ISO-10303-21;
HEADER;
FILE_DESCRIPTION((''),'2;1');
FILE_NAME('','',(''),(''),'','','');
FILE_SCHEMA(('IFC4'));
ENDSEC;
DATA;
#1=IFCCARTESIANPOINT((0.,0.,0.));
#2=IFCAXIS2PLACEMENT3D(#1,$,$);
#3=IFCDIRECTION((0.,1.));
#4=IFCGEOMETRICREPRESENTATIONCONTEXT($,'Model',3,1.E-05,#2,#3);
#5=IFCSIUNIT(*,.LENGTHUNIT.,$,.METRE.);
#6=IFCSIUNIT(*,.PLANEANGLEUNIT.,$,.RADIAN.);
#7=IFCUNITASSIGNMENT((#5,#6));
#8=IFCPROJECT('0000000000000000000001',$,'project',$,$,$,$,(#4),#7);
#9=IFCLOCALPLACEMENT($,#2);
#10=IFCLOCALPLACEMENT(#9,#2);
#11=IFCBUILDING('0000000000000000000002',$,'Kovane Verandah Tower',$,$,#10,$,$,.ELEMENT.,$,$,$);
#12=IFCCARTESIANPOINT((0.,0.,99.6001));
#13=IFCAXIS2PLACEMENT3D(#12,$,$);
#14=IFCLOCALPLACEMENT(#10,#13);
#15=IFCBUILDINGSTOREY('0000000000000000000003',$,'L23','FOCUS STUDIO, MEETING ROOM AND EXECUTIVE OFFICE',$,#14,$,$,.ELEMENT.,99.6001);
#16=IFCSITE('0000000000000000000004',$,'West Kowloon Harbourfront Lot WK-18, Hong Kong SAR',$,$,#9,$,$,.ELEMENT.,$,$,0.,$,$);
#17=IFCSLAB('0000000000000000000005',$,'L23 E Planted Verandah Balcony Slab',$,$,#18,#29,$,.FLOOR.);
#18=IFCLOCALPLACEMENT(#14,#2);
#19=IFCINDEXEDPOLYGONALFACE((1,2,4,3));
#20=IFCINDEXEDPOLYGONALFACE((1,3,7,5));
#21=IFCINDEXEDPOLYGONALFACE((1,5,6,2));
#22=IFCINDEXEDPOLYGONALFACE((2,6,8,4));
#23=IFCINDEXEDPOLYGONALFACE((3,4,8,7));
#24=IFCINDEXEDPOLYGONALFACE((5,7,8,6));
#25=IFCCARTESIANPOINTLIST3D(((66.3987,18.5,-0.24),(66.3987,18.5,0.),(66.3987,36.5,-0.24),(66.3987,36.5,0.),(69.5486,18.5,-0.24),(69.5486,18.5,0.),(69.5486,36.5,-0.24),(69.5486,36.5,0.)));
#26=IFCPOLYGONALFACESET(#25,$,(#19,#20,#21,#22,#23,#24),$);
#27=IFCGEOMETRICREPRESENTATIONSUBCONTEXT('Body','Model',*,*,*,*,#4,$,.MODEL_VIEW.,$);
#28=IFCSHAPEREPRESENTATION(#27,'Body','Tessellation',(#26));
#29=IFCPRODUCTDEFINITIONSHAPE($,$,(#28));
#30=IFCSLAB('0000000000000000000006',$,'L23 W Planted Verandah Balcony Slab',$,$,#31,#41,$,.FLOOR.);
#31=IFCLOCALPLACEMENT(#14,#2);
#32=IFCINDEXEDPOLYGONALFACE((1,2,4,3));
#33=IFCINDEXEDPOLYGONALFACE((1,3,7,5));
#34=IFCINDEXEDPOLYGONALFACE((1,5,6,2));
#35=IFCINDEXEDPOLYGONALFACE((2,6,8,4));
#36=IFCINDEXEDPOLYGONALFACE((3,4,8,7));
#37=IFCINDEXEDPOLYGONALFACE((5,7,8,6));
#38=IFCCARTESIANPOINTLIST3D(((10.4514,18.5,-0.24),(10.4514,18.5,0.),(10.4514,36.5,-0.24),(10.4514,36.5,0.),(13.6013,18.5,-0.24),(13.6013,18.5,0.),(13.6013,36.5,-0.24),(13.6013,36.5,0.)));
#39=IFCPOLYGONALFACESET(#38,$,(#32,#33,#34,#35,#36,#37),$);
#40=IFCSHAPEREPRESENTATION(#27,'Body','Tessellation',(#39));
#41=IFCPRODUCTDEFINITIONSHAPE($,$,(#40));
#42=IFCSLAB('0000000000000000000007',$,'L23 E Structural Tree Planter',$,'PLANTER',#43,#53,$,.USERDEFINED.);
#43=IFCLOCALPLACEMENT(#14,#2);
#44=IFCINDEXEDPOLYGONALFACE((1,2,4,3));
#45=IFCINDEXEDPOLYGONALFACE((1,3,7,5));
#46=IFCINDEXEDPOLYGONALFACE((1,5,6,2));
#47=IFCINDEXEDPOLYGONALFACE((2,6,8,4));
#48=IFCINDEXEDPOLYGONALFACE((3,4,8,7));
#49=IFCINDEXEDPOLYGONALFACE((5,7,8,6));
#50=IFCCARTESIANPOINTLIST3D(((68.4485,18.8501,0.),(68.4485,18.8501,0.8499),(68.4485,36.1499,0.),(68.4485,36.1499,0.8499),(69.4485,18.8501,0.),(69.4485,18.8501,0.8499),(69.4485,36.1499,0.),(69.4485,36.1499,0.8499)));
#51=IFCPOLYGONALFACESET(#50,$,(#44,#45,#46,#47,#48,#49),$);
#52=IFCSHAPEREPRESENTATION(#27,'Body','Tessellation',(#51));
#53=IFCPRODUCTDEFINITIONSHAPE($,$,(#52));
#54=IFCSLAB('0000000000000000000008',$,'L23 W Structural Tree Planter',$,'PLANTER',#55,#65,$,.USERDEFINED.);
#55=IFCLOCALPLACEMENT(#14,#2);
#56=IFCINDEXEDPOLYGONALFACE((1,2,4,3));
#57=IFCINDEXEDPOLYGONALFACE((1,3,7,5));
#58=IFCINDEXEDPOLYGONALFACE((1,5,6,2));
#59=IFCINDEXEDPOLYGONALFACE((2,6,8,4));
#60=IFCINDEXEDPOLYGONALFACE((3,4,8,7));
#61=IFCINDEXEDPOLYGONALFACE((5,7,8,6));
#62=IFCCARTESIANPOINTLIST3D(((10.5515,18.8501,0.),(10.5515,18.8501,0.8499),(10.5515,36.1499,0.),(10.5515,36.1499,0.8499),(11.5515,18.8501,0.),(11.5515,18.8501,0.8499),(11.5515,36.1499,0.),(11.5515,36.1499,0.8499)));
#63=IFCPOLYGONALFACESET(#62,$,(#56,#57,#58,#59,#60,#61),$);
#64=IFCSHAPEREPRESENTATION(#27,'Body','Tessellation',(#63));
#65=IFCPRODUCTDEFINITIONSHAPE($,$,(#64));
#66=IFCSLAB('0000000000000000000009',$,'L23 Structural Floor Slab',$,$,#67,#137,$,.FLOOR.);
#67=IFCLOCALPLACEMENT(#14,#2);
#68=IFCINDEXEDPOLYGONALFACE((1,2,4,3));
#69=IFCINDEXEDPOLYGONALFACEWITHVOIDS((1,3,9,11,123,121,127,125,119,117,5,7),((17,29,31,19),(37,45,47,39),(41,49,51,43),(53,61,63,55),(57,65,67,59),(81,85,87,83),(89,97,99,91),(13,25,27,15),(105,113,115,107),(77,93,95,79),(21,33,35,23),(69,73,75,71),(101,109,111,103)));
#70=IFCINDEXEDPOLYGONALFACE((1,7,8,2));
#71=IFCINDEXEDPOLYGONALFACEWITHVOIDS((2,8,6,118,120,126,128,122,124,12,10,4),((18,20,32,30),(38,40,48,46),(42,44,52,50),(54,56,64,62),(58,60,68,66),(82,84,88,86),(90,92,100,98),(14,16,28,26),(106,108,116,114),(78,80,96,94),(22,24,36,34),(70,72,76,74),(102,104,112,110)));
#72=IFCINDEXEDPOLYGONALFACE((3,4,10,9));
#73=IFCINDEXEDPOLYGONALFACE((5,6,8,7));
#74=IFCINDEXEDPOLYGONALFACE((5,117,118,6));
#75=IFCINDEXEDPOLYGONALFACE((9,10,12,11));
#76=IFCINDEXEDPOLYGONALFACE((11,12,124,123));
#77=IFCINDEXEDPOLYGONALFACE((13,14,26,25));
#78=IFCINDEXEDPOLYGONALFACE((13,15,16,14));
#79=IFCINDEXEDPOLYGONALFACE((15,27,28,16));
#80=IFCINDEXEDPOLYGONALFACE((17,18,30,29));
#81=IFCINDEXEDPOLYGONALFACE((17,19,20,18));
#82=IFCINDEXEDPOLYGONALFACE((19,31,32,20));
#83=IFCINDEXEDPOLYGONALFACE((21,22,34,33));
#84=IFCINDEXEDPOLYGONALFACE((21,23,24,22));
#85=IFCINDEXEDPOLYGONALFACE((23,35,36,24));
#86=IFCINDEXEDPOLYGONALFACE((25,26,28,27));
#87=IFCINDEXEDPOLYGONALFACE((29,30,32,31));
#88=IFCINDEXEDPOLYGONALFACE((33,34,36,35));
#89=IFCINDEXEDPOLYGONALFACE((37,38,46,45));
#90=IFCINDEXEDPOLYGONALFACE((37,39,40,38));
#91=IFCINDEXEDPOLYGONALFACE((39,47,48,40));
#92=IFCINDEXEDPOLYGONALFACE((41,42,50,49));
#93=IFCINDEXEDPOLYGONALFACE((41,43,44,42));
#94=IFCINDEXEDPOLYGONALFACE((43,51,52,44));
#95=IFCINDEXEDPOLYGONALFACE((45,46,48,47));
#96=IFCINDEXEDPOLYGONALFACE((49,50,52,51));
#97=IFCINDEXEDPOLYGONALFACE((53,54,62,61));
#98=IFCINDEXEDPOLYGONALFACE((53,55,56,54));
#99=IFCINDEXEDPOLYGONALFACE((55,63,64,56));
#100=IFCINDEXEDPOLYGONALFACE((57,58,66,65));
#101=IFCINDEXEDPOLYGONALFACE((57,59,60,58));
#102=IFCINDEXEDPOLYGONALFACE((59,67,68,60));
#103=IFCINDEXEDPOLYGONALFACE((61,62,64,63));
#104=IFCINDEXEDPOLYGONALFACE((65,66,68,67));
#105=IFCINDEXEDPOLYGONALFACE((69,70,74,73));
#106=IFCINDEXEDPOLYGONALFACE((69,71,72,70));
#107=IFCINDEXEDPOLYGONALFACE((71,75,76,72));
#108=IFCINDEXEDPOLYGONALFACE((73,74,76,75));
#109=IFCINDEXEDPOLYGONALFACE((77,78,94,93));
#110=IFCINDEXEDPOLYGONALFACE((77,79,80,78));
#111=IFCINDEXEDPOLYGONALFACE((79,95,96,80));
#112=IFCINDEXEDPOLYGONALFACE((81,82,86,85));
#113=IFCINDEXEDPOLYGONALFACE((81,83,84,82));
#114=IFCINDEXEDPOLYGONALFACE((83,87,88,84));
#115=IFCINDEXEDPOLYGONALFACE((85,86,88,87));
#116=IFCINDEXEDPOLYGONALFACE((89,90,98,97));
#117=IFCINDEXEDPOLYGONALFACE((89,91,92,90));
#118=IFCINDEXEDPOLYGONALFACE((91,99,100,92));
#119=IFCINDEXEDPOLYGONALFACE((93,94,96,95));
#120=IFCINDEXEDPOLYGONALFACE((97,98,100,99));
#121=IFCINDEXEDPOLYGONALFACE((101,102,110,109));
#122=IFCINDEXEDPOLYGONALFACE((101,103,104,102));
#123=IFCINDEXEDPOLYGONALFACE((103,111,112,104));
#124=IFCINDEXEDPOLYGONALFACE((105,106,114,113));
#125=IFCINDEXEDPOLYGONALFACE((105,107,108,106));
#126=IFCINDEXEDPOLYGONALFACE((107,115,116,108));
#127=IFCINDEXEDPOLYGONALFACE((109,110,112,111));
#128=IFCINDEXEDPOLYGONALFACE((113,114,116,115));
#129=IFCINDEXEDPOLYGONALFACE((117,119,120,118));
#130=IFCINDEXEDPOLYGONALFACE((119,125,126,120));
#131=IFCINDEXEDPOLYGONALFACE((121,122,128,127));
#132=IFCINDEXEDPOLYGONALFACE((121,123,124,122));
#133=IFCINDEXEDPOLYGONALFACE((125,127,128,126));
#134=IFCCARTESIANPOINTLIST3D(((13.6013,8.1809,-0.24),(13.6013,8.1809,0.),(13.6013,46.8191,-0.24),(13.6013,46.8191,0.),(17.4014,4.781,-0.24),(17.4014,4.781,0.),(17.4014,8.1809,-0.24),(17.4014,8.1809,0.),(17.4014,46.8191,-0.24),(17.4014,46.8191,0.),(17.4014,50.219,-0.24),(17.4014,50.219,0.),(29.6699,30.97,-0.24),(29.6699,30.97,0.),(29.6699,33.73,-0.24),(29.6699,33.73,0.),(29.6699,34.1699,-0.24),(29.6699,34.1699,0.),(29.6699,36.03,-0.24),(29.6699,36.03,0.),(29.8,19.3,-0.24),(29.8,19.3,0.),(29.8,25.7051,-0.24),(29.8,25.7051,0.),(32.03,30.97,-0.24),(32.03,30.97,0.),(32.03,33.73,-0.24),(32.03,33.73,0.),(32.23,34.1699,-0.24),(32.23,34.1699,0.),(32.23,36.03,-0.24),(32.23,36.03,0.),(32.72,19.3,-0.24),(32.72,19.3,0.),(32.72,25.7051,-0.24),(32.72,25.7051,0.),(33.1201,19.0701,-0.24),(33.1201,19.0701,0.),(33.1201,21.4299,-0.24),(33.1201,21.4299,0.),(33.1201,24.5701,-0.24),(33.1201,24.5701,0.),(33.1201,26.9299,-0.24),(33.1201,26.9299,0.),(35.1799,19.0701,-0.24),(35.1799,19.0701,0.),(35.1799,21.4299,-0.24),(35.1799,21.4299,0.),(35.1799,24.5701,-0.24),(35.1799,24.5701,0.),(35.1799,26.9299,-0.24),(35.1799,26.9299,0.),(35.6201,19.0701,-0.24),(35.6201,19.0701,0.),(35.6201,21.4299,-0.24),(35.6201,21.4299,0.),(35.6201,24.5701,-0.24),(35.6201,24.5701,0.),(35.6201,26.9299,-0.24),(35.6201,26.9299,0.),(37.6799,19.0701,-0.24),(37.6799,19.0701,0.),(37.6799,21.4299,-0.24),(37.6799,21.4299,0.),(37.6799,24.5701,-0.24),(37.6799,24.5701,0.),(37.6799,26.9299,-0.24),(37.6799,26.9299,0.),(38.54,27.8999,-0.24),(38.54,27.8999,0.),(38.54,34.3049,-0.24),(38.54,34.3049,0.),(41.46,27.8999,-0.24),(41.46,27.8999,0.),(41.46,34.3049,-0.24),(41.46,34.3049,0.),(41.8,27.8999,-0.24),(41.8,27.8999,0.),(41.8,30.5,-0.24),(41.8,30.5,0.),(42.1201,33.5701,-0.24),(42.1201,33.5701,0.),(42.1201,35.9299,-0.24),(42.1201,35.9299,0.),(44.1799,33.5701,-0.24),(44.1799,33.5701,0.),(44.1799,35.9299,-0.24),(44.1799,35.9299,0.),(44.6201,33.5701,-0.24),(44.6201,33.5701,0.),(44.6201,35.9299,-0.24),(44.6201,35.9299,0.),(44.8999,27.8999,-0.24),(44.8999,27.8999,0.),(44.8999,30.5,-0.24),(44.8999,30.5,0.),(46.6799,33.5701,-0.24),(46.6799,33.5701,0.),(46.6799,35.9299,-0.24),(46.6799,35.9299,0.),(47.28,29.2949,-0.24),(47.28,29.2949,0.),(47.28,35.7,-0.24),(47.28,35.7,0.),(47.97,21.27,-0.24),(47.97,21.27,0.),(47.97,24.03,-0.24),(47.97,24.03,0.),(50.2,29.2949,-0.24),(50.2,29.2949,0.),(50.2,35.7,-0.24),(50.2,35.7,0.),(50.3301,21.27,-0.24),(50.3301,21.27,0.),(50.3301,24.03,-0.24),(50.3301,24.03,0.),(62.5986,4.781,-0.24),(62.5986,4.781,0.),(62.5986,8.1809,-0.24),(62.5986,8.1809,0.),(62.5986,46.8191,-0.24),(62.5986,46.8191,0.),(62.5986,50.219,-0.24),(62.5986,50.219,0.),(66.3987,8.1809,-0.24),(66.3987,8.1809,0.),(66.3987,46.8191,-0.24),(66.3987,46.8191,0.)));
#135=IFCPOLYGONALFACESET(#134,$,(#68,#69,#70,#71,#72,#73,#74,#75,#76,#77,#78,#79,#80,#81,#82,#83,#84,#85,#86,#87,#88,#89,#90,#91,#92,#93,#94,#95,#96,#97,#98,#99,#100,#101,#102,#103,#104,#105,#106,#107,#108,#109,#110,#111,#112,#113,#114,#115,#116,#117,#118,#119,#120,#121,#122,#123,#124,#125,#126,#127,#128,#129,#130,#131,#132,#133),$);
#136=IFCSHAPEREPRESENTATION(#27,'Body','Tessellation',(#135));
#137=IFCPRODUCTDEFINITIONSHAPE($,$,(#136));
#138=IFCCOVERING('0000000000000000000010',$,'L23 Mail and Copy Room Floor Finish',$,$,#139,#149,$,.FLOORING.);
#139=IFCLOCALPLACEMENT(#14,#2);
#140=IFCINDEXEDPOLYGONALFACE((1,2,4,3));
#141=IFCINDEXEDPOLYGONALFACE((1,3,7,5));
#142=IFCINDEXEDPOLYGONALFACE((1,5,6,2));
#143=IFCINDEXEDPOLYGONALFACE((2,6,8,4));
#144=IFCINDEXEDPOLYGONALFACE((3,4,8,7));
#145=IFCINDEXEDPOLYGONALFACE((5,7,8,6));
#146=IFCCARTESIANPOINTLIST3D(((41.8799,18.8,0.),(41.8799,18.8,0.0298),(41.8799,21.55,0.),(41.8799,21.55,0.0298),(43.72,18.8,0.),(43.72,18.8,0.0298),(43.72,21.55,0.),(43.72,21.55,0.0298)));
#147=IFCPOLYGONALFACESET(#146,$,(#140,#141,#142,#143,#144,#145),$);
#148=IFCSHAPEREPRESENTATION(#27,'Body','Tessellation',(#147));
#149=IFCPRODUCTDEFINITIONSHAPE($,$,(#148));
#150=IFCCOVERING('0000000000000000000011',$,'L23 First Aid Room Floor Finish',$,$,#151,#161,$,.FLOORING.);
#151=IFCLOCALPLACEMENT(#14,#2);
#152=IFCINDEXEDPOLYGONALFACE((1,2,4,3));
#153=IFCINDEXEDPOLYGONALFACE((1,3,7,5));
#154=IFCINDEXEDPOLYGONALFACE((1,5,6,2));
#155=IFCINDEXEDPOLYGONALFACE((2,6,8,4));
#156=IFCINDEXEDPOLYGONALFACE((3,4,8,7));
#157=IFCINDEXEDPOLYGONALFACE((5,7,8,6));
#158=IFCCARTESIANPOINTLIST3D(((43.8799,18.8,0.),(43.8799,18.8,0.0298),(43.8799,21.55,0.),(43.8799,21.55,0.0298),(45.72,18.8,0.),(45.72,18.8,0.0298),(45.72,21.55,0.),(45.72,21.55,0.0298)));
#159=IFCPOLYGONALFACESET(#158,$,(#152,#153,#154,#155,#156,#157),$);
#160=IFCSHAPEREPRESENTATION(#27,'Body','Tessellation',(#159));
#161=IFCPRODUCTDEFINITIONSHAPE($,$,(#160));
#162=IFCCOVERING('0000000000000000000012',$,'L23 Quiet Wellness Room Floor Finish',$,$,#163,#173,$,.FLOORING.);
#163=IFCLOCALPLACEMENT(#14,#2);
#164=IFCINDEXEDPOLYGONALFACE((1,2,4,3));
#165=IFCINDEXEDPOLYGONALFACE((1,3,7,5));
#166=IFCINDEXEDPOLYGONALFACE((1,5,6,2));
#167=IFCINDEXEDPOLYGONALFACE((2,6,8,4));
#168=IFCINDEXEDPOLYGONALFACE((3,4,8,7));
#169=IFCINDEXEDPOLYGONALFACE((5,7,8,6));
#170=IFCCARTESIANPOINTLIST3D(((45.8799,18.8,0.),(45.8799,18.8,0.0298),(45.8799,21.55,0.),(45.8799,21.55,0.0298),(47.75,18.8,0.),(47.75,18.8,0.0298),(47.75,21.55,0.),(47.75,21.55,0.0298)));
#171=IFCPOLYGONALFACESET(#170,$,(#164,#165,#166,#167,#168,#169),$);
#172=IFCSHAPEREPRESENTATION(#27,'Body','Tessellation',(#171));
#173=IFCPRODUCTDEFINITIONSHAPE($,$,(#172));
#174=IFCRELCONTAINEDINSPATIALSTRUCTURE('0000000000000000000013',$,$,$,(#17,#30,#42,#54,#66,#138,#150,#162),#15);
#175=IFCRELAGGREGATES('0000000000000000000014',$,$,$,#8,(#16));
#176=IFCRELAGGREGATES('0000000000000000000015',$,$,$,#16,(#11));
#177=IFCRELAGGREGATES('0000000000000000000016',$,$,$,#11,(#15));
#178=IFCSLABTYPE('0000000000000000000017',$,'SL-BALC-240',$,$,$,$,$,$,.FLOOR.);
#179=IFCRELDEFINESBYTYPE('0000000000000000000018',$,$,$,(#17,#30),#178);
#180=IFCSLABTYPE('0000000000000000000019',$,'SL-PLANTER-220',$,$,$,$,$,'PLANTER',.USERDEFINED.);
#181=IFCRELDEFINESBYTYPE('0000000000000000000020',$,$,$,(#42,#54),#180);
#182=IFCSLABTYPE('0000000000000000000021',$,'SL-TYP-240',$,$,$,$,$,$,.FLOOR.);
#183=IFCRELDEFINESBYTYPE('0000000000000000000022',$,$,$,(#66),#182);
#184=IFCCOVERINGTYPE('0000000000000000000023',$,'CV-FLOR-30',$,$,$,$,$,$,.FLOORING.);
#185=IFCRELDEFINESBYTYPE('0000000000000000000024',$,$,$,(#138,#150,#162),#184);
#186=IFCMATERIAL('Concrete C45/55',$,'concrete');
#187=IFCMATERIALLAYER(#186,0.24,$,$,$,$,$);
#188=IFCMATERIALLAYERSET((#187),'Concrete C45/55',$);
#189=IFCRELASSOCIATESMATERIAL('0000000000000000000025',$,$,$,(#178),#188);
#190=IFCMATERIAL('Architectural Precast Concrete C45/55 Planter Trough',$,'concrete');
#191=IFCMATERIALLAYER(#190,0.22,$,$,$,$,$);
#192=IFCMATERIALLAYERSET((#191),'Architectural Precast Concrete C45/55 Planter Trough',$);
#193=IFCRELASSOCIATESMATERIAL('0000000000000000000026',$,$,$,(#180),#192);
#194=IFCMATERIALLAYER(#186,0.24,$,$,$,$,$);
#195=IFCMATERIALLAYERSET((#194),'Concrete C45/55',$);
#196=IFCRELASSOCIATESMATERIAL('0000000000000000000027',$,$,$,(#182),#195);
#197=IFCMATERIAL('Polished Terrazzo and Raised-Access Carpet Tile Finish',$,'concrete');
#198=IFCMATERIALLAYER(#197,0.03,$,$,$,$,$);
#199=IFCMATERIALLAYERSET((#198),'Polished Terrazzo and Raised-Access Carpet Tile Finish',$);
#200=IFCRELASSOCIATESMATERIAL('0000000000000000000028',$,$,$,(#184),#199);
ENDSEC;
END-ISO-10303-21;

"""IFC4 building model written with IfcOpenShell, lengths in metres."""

from ifc_helpers import new_model, si_unit, direction, frame, origin, place, context, subcontext, project, spatial, polyline, outline, extrude, material, layer, layer_set, type_object, element, save


model = new_model("IFC4")

# Units and contexts
model_context = context("Model", 3, precision=1e-05, world=origin(), true_north=direction((0.0, 1.0)))
body_context = subcontext(model_context, "Body", "Model", "MODEL_VIEW")
ifc_project = project(units=[si_unit("LENGTHUNIT", "METRE"), si_unit("PLANEANGLEUNIT", "RADIAN")], contexts=[model_context])

# Site, building, storey
site_placement = place(None, origin())
site = spatial("IfcSite", under=ifc_project, at=site_placement, Name="West Kowloon Harbourfront Lot WK-18, Hong Kong SAR", CompositionType="ELEMENT", RefElevation=0.0)
building_placement = place(site_placement, origin())
building = spatial("IfcBuilding", under=site, at=building_placement, Name="Kovane Verandah Tower", CompositionType="ELEMENT")
storey_placement = place(building_placement, frame((0.0, 0.0, 99.6001)))
storey = spatial("IfcBuildingStorey", under=building, at=storey_placement, Name="L23", Description="FOCUS STUDIO, MEETING ROOM AND EXECUTIVE OFFICE", CompositionType="ELEMENT", Elevation=99.6001)

# Slabs
ifc_material_1 = material(Name="Concrete C45/55", Category="concrete")
ifc_layer_1 = layer(ifc_material_1, 0.24)
ifc_layer_set_1 = layer_set([ifc_layer_1], Name="Concrete C45/55")
slab_type_1 = type_object("IfcSlabType", Name="SL-BALC-240", PredefinedType="FLOOR", material=ifc_layer_set_1)
slab_1_placement = place(storey_placement, frame((0.0, 0.0, -0.24)))
element("IfcSlab", 1, at=slab_1_placement, inside=storey, type_object=slab_type_1, Name="L23 E Planted Verandah Balcony Slab", PredefinedType="FLOOR", context=body_context, shape_type="SweptSolid", body=[
    extrude(outline(polyline([(66.3987, 18.5), (69.5486, 18.5), (69.5486, 36.5), (66.3987, 36.5), (66.3987, 18.5)])), origin(), (0.0, 0.0, 1.0), 0.24),
])
slab_2_placement = place(storey_placement, frame((0.0, 0.0, -0.24)))
element("IfcSlab", 2, at=slab_2_placement, inside=storey, type_object=slab_type_1, Name="L23 W Planted Verandah Balcony Slab", PredefinedType="FLOOR", context=body_context, shape_type="SweptSolid", body=[
    extrude(outline(polyline([(10.4514, 18.5), (13.6013, 18.5), (13.6013, 36.5), (10.4514, 36.5), (10.4514, 18.5)])), origin(), (0.0, 0.0, 1.0), 0.24),
])
ifc_material_2 = material(Name="Architectural Precast Concrete C45/55 Planter Trough", Category="concrete")
ifc_layer_2 = layer(ifc_material_2, 0.22)
ifc_layer_set_2 = layer_set([ifc_layer_2], Name="Architectural Precast Concrete C45/55 Planter Trough")
slab_type_2 = type_object("IfcSlabType", Name="SL-PLANTER-220", ElementType="PLANTER", PredefinedType="USERDEFINED", material=ifc_layer_set_2)
slab_3_placement = place(storey_placement, origin())
element("IfcSlab", 3, at=slab_3_placement, inside=storey, type_object=slab_type_2, Name="L23 E Structural Tree Planter", ObjectType="PLANTER", PredefinedType="USERDEFINED", context=body_context, shape_type="SweptSolid", body=[
    extrude(outline(polyline([(68.4485, 18.8501), (69.4485, 18.8501), (69.4485, 36.1499), (68.4485, 36.1499), (68.4485, 18.8501)])), origin(), (0.0, 0.0, 1.0), 0.8499),
])
slab_4_placement = place(storey_placement, origin())
element("IfcSlab", 4, at=slab_4_placement, inside=storey, type_object=slab_type_2, Name="L23 W Structural Tree Planter", ObjectType="PLANTER", PredefinedType="USERDEFINED", context=body_context, shape_type="SweptSolid", body=[
    extrude(outline(polyline([(10.5515, 18.8501), (11.5515, 18.8501), (11.5515, 36.1499), (10.5515, 36.1499), (10.5515, 18.8501)])), origin(), (0.0, 0.0, 1.0), 0.8499),
])
ifc_layer_3 = layer(ifc_material_1, 0.24)
ifc_layer_set_3 = layer_set([ifc_layer_3], Name="Concrete C45/55")
slab_type_3 = type_object("IfcSlabType", Name="SL-TYP-240", PredefinedType="FLOOR", material=ifc_layer_set_3)
slab_5_placement = place(storey_placement, frame((0.0, 0.0, -0.24)))
element("IfcSlab", 5, at=slab_5_placement, inside=storey, type_object=slab_type_3, Name="L23 Structural Floor Slab", PredefinedType="FLOOR", context=body_context, shape_type="SweptSolid", body=[
    extrude(outline(polyline([(17.4014, 4.781), (62.5986, 4.781), (62.5986, 8.1809), (66.3987, 8.1809), (66.3987, 46.8191), (62.5986, 46.8191), (62.5986, 50.219), (17.4014, 50.219), (17.4014, 46.8191), (13.6013, 46.8191), (13.6013, 8.1809), (17.4014, 8.1809), (17.4014, 4.781)]), holes=[polyline([(29.8, 19.3), (32.72, 19.3), (32.72, 25.7051), (29.8, 25.7051), (29.8, 19.3)]), polyline([(47.28, 29.2949), (50.2, 29.2949), (50.2, 35.7), (47.28, 35.7), (47.28, 29.2949)]), polyline([(38.54, 27.8999), (41.46, 27.8999), (41.46, 34.3049), (38.54, 34.3049), (38.54, 27.8999)]), polyline([(29.6699, 30.97), (32.03, 30.97), (32.03, 33.73), (29.6699, 33.73), (29.6699, 30.97)]), polyline([(47.97, 21.27), (50.3301, 21.27), (50.3301, 24.03), (47.97, 24.03), (47.97, 21.27)]), polyline([(29.6699, 34.1699), (32.23, 34.1699), (32.23, 36.03), (29.6699, 36.03), (29.6699, 34.1699)]), polyline([(33.1201, 19.0701), (35.1799, 19.0701), (35.1799, 21.4299), (33.1201, 21.4299), (33.1201, 19.0701)]), polyline([(35.6201, 19.0701), (37.6799, 19.0701), (37.6799, 21.4299), (35.6201, 21.4299), (35.6201, 19.0701)]), polyline([(33.1201, 24.5701), (35.1799, 24.5701), (35.1799, 26.9299), (33.1201, 26.9299), (33.1201, 24.5701)]), polyline([(35.6201, 24.5701), (37.6799, 24.5701), (37.6799, 26.9299), (35.6201, 26.9299), (35.6201, 24.5701)]), polyline([(42.1201, 33.5701), (44.1799, 33.5701), (44.1799, 35.9299), (42.1201, 35.9299), (42.1201, 33.5701)]), polyline([(44.6201, 33.5701), (46.6799, 33.5701), (46.6799, 35.9299), (44.6201, 35.9299), (44.6201, 33.5701)]), polyline([(41.8, 27.8999), (44.8999, 27.8999), (44.8999, 30.5), (41.8, 30.5), (41.8, 27.8999)])]), origin(), (0.0, 0.0, 1.0), 0.24),
])

# Coverings
ifc_material_3 = material(Name="Polished Terrazzo and Raised-Access Carpet Tile Finish", Category="concrete")
ifc_layer_4 = layer(ifc_material_3, 0.03)
ifc_layer_set_4 = layer_set([ifc_layer_4], Name="Polished Terrazzo and Raised-Access Carpet Tile Finish")
covering_type = type_object("IfcCoveringType", Name="CV-FLOR-30", PredefinedType="FLOORING", material=ifc_layer_set_4)
covering_1_placement = place(storey_placement, origin())
element("IfcCovering", 6, at=covering_1_placement, inside=storey, type_object=covering_type, Name="L23 Mail and Copy Room Floor Finish", PredefinedType="FLOORING", context=body_context, shape_type="SweptSolid", body=[
    extrude(outline(polyline([(41.8799, 18.8), (43.72, 18.8), (43.72, 21.55), (41.8799, 21.55), (41.8799, 18.8)])), origin(), (0.0, 0.0, 1.0), 0.0298),
])
covering_2_placement = place(storey_placement, origin())
element("IfcCovering", 7, at=covering_2_placement, inside=storey, type_object=covering_type, Name="L23 First Aid Room Floor Finish", PredefinedType="FLOORING", context=body_context, shape_type="SweptSolid", body=[
    extrude(outline(polyline([(43.8799, 18.8), (45.72, 18.8), (45.72, 21.55), (43.8799, 21.55), (43.8799, 18.8)])), origin(), (0.0, 0.0, 1.0), 0.0298),
])
covering_3_placement = place(storey_placement, origin())
element("IfcCovering", 8, at=covering_3_placement, inside=storey, type_object=covering_type, Name="L23 Quiet Wellness Room Floor Finish", PredefinedType="FLOORING", context=body_context, shape_type="SweptSolid", body=[
    extrude(outline(polyline([(45.8799, 18.8), (47.75, 18.8), (47.75, 21.55), (45.8799, 21.55), (45.8799, 18.8)])), origin(), (0.0, 0.0, 1.0), 0.0298),
])

save(model, "model.ifc")
